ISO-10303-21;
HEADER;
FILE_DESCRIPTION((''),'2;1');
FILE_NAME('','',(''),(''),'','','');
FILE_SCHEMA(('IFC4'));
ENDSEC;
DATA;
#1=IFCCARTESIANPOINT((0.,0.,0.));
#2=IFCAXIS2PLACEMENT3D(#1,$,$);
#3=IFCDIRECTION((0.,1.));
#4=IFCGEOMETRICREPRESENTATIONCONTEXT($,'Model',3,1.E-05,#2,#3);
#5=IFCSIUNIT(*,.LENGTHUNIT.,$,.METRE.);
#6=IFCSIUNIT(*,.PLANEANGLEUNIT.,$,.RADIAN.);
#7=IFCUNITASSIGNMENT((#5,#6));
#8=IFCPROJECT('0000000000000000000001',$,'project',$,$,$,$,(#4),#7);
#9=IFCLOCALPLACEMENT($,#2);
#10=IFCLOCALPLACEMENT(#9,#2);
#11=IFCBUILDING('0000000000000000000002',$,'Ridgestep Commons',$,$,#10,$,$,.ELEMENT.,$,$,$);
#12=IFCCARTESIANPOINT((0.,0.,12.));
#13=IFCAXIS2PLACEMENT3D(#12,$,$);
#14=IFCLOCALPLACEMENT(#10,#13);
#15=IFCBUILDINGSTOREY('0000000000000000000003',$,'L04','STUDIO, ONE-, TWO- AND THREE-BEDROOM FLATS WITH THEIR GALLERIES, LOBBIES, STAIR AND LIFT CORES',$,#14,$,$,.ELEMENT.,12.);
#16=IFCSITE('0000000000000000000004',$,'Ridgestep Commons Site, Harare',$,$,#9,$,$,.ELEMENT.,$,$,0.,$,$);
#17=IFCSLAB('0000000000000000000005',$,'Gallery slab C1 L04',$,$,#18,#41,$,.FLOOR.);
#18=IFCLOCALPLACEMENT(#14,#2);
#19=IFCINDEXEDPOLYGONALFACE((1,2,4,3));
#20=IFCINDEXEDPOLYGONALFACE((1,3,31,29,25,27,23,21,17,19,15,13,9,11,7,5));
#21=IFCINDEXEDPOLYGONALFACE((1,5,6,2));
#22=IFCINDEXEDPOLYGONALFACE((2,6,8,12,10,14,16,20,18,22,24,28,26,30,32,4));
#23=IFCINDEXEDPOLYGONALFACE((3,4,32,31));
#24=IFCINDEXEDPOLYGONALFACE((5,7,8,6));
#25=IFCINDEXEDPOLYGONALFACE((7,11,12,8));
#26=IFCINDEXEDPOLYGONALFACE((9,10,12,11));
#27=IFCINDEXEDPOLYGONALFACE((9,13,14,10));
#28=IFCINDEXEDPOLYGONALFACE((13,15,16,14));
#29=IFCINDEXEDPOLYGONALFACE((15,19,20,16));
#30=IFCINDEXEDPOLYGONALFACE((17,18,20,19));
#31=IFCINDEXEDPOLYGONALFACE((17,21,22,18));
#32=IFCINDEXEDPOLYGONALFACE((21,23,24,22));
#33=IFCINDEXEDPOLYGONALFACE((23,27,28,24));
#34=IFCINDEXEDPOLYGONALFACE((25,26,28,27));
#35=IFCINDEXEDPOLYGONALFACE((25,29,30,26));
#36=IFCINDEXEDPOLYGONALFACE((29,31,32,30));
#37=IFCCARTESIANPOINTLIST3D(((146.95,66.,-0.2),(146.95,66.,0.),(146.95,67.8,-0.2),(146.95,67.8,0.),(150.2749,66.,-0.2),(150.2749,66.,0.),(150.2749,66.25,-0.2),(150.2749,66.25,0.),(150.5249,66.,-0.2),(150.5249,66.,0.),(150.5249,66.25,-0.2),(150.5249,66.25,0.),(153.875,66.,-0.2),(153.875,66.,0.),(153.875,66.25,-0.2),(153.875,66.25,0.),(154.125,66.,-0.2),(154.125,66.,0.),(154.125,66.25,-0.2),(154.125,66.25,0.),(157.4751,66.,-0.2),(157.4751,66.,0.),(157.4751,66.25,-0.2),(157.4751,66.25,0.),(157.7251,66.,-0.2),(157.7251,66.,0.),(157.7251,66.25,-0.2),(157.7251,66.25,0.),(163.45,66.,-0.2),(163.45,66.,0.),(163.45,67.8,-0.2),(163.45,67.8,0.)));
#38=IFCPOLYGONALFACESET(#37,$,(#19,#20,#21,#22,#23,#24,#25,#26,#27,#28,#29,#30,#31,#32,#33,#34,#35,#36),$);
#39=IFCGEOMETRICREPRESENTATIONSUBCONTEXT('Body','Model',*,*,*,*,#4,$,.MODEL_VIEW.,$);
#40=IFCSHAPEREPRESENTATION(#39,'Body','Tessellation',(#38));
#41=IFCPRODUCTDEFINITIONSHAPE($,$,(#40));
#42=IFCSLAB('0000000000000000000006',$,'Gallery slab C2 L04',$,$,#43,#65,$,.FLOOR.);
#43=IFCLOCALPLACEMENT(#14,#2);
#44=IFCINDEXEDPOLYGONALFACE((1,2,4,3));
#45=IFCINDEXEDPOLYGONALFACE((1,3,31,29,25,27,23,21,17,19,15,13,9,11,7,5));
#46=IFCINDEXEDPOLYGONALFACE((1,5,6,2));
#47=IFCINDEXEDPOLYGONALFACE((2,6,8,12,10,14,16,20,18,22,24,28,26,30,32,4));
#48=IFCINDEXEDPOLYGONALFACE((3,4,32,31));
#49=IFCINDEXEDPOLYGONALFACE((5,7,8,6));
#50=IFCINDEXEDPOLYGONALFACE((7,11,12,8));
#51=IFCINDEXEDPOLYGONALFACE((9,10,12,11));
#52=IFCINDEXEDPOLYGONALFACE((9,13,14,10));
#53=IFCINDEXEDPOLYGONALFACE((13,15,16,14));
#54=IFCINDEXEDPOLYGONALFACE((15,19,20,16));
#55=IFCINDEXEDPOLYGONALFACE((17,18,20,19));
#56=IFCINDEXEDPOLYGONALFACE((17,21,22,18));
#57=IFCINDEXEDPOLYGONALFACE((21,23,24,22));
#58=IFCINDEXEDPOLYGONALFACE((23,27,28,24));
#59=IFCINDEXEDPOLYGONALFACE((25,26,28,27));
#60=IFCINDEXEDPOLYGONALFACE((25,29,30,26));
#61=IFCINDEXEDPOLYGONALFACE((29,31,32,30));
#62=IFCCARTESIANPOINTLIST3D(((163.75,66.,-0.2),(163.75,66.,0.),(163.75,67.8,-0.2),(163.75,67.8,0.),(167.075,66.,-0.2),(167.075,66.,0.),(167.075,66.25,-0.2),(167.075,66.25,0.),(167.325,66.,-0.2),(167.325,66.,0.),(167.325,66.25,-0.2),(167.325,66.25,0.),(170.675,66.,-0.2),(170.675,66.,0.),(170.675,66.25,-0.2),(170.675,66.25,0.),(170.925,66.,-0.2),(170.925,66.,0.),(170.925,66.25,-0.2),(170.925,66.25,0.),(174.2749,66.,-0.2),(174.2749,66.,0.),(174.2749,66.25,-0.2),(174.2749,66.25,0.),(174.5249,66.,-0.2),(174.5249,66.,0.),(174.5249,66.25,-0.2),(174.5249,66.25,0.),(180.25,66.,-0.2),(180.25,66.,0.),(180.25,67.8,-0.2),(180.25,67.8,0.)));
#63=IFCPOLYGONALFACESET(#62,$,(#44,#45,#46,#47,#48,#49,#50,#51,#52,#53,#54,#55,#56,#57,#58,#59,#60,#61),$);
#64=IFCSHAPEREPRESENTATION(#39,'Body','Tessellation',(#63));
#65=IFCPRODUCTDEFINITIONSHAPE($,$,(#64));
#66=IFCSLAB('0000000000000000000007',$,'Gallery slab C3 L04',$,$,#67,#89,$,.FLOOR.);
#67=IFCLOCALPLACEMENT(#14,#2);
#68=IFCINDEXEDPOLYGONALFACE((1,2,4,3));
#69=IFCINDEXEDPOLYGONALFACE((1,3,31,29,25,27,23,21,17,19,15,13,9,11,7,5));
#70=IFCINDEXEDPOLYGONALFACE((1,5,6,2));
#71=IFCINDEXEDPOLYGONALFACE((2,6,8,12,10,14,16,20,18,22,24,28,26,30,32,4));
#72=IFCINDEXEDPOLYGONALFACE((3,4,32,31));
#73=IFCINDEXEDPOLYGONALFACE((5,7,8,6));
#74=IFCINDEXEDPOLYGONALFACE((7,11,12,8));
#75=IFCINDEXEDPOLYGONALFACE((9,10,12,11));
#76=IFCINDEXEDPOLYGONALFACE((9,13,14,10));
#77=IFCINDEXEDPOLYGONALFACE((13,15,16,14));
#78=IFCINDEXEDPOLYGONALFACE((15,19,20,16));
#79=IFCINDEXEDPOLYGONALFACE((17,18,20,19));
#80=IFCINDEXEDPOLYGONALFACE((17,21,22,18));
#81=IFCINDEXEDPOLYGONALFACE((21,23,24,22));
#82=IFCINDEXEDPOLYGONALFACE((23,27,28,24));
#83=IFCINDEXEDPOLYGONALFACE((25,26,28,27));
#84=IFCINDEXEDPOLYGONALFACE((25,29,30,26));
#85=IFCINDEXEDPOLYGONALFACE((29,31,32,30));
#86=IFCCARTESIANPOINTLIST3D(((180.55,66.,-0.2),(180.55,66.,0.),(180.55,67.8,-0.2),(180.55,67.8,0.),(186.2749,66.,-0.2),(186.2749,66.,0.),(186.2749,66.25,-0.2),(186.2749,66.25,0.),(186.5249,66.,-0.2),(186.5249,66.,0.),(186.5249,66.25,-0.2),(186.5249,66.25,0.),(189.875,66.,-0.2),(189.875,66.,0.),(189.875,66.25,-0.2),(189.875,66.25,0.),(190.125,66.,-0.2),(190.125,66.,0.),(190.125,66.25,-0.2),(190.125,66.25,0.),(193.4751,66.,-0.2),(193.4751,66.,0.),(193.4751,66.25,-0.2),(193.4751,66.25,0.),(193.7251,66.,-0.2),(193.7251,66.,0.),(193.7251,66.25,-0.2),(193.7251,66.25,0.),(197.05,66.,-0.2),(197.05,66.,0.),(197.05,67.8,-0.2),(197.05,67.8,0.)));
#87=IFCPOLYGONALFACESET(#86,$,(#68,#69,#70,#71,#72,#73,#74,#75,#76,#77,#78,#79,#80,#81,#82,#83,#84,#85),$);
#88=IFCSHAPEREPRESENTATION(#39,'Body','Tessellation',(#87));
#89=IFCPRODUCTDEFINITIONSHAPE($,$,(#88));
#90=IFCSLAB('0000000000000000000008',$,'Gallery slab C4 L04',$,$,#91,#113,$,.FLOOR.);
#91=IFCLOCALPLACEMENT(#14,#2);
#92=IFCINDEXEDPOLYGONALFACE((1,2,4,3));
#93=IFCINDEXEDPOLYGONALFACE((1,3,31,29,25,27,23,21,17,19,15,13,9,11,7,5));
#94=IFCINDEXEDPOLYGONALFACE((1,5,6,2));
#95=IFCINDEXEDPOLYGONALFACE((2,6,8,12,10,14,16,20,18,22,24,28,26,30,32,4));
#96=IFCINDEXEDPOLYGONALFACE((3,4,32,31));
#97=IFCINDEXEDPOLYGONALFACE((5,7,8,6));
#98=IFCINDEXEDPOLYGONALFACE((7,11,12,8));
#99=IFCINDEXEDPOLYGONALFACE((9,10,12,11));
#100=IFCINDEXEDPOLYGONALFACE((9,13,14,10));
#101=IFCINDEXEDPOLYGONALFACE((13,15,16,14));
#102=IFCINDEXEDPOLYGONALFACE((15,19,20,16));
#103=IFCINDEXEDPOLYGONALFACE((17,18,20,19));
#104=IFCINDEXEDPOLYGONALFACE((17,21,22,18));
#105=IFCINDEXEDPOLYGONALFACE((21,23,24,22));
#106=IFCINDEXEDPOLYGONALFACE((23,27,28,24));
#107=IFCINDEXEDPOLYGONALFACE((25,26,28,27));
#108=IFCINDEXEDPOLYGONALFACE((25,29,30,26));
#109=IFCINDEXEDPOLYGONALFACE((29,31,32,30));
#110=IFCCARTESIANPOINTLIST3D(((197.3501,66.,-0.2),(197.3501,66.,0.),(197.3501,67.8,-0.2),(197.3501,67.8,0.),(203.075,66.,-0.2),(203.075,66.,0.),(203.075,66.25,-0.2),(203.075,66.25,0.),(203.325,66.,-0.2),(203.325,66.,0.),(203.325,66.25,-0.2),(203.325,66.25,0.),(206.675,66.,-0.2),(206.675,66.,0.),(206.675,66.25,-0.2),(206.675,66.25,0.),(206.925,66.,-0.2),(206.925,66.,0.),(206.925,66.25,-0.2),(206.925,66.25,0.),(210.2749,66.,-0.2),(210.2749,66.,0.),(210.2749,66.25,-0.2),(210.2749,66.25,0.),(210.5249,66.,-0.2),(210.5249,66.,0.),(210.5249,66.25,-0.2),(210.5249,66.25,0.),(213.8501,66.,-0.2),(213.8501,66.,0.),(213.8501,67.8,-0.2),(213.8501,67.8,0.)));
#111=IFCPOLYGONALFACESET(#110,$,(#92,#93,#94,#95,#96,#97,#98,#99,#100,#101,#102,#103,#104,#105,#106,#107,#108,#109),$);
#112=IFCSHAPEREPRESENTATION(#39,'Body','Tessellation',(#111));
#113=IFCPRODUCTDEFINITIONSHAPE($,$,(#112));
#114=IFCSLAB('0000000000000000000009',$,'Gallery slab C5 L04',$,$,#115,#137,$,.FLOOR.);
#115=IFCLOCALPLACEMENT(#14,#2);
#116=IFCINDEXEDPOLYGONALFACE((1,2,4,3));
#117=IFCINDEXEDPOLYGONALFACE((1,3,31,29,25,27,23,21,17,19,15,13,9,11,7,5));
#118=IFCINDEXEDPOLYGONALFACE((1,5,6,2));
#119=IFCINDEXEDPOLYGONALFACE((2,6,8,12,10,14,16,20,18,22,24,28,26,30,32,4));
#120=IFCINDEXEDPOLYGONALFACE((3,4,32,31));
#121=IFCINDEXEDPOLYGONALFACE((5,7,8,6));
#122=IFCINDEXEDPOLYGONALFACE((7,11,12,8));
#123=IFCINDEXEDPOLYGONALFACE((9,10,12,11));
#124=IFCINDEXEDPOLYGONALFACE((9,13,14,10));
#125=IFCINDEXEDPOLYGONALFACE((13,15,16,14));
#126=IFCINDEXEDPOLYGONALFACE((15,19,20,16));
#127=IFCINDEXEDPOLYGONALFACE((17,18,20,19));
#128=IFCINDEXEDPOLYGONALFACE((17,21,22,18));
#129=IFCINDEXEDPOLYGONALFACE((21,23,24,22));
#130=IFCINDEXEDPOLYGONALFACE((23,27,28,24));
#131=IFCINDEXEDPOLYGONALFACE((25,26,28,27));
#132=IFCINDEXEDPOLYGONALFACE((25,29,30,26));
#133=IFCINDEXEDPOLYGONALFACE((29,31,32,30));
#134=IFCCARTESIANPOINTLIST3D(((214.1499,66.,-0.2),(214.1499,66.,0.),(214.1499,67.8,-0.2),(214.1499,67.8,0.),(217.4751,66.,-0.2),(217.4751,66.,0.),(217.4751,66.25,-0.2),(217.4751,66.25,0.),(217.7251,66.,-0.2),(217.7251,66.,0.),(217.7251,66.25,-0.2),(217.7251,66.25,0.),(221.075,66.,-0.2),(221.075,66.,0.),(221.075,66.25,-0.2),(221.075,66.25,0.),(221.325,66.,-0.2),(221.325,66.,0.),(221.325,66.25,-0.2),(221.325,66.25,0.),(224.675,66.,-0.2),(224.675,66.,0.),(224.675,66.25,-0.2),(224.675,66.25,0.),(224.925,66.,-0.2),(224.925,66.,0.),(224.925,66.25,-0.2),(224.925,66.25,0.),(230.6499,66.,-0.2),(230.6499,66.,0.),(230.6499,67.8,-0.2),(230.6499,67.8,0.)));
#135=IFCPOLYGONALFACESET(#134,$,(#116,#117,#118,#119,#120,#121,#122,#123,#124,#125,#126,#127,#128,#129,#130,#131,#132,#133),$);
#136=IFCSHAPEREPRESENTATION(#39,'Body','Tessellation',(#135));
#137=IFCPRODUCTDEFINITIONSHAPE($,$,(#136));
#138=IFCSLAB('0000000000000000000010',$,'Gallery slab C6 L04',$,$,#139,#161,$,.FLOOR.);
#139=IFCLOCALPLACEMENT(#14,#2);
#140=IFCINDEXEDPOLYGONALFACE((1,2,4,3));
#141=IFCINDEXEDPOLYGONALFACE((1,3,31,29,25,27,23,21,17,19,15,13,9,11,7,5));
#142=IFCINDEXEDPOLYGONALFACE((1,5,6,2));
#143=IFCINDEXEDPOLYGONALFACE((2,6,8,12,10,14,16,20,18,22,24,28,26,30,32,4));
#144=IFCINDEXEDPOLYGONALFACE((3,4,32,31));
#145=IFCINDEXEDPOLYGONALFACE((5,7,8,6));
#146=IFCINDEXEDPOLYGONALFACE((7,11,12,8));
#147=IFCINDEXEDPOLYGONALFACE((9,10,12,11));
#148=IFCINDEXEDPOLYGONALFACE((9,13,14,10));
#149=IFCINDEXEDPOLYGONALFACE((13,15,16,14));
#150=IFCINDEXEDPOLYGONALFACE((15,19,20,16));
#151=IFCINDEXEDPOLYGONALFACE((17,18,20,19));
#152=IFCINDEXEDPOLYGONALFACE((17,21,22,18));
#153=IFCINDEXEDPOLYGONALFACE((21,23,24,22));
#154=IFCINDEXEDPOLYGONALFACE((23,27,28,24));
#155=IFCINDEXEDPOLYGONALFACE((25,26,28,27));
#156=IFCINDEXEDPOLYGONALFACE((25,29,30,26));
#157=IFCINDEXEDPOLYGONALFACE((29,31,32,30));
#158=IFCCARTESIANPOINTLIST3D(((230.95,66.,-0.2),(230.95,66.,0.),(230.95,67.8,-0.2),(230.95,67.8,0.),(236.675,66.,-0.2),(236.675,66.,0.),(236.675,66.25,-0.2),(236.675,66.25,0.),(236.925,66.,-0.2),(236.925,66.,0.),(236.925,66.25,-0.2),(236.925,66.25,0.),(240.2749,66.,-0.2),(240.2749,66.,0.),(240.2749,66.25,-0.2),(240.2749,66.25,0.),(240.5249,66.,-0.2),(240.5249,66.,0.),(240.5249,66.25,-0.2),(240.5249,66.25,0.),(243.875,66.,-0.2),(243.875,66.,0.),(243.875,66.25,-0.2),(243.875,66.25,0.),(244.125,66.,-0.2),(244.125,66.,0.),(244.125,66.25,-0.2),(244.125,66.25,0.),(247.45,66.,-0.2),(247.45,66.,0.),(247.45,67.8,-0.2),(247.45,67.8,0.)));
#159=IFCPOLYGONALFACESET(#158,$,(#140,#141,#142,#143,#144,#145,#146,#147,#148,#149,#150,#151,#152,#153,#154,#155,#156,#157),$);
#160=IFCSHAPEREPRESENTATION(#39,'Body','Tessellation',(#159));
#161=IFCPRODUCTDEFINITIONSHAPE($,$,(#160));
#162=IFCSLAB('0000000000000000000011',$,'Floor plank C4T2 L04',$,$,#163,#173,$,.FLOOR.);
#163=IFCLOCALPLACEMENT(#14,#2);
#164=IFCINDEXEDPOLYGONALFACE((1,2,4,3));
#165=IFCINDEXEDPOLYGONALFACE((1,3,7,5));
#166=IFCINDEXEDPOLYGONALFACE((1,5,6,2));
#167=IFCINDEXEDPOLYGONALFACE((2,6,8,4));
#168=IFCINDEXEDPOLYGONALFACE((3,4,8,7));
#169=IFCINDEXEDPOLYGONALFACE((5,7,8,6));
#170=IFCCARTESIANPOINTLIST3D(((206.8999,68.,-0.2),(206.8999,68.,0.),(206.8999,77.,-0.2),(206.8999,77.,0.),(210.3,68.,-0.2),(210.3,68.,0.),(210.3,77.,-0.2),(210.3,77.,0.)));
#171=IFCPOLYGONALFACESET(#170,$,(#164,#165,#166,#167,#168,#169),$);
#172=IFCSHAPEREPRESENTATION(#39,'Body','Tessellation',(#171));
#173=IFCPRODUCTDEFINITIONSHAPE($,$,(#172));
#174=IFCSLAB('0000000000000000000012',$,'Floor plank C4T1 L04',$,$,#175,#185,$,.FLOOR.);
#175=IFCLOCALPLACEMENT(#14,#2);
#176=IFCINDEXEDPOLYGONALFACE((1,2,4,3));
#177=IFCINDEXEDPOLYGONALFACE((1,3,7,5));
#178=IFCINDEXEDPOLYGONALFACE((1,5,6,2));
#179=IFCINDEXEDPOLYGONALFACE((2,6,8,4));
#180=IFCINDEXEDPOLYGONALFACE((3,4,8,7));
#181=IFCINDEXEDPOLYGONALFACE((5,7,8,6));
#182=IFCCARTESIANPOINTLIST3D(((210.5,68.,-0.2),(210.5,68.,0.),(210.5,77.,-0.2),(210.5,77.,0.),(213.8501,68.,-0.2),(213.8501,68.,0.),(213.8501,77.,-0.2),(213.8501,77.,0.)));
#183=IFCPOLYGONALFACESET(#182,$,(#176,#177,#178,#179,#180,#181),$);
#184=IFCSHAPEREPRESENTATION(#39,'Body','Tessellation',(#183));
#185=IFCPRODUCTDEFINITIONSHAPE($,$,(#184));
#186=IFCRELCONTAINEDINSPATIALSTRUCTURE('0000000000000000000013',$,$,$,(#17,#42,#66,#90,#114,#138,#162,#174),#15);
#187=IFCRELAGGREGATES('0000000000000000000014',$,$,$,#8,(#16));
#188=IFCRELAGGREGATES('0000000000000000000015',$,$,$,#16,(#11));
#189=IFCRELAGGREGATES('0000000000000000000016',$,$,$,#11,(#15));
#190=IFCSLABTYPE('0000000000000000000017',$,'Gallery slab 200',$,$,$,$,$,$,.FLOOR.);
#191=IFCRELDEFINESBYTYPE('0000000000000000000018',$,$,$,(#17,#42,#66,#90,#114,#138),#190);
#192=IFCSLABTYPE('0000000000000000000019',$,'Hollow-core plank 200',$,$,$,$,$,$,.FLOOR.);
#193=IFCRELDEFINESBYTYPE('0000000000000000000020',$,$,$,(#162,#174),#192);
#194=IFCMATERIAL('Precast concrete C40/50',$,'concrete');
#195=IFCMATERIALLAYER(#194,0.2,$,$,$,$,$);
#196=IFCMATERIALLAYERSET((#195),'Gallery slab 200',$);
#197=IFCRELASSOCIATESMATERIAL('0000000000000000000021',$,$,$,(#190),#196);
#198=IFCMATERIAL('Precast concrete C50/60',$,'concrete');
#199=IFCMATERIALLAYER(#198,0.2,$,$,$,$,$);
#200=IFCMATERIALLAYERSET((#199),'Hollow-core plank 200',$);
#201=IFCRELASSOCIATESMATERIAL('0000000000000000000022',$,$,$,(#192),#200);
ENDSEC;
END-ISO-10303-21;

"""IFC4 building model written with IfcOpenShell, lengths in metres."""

from ifc_helpers import new_model, si_unit, direction, frame, origin, place, context, subcontext, project, spatial, polyline, outline, extrude, material, layer, layer_set, type_object, element, save


model = new_model("IFC4")

# Units and contexts
model_context = context("Model", 3, precision=1e-05, world=origin(), true_north=direction((0.0, 1.0)))
body_context = subcontext(model_context, "Body", "Model", "MODEL_VIEW")
ifc_project = project(units=[si_unit("LENGTHUNIT", "METRE"), si_unit("PLANEANGLEUNIT", "RADIAN")], contexts=[model_context])

# Site, building, storey
site_placement = place(None, origin())
site = spatial("IfcSite", under=ifc_project, at=site_placement, Name="Ridgestep Commons Site, Harare", CompositionType="ELEMENT", RefElevation=0.0)
building_placement = place(site_placement, origin())
building = spatial("IfcBuilding", under=site, at=building_placement, Name="Ridgestep Commons", CompositionType="ELEMENT")
storey_placement = place(building_placement, frame((0.0, 0.0, 12.0)))
storey = spatial("IfcBuildingStorey", under=building, at=storey_placement, Name="L04", Description="STUDIO, ONE-, TWO- AND THREE-BEDROOM FLATS WITH THEIR GALLERIES, LOBBIES, STAIR AND LIFT CORES", CompositionType="ELEMENT", Elevation=12.0)

# Slabs
ifc_material_1 = material(Name="Precast concrete C40/50", Category="concrete")
ifc_layer_1 = layer(ifc_material_1, 0.2)
ifc_layer_set_1 = layer_set([ifc_layer_1], Name="Gallery slab 200")
slab_type_1 = type_object("IfcSlabType", Name="Gallery slab 200", PredefinedType="FLOOR", material=ifc_layer_set_1)
slab_1_placement = place(storey_placement, frame((0.0, 0.0, -0.2)))
element("IfcSlab", 1, at=slab_1_placement, inside=storey, type_object=slab_type_1, Name="Gallery slab C1 L04", PredefinedType="FLOOR", context=body_context, shape_type="SweptSolid", body=[
    extrude(outline(polyline([(163.45, 67.8), (146.95, 67.8), (146.95, 66.0), (150.2749, 66.0), (150.2749, 66.25), (150.5249, 66.25), (150.5249, 66.0), (153.875, 66.0), (153.875, 66.25), (154.125, 66.25), (154.125, 66.0), (157.4751, 66.0), (157.4751, 66.25), (157.7251, 66.25), (157.7251, 66.0), (163.45, 66.0), (163.45, 67.8)])), origin(), (0.0, 0.0, 1.0), 0.2),
])
slab_2_placement = place(storey_placement, frame((0.0, 0.0, -0.2)))
element("IfcSlab", 2, at=slab_2_placement, inside=storey, type_object=slab_type_1, Name="Gallery slab C2 L04", PredefinedType="FLOOR", context=body_context, shape_type="SweptSolid", body=[
    extrude(outline(polyline([(180.25, 67.8), (163.75, 67.8), (163.75, 66.0), (167.075, 66.0), (167.075, 66.25), (167.325, 66.25), (167.325, 66.0), (170.675, 66.0), (170.675, 66.25), (170.925, 66.25), (170.925, 66.0), (174.2749, 66.0), (174.2749, 66.25), (174.5249, 66.25), (174.5249, 66.0), (180.25, 66.0), (180.25, 67.8)])), origin(), (0.0, 0.0, 1.0), 0.2),
])
slab_3_placement = place(storey_placement, frame((0.0, 0.0, -0.2)))
element("IfcSlab", 3, at=slab_3_placement, inside=storey, type_object=slab_type_1, Name="Gallery slab C3 L04", PredefinedType="FLOOR", context=body_context, shape_type="SweptSolid", body=[
    extrude(outline(polyline([(197.05, 67.8), (180.55, 67.8), (180.55, 66.0), (186.2749, 66.0), (186.2749, 66.25), (186.5249, 66.25), (186.5249, 66.0), (189.875, 66.0), (189.875, 66.25), (190.125, 66.25), (190.125, 66.0), (193.4751, 66.0), (193.4751, 66.25), (193.7251, 66.25), (193.7251, 66.0), (197.05, 66.0), (197.05, 67.8)])), origin(), (0.0, 0.0, 1.0), 0.2),
])
slab_4_placement = place(storey_placement, frame((0.0, 0.0, -0.2)))
element("IfcSlab", 4, at=slab_4_placement, inside=storey, type_object=slab_type_1, Name="Gallery slab C4 L04", PredefinedType="FLOOR", context=body_context, shape_type="SweptSolid", body=[
    extrude(outline(polyline([(213.8501, 67.8), (197.3501, 67.8), (197.3501, 66.0), (203.075, 66.0), (203.075, 66.25), (203.325, 66.25), (203.325, 66.0), (206.675, 66.0), (206.675, 66.25), (206.925, 66.25), (206.925, 66.0), (210.2749, 66.0), (210.2749, 66.25), (210.5249, 66.25), (210.5249, 66.0), (213.8501, 66.0), (213.8501, 67.8)])), origin(), (0.0, 0.0, 1.0), 0.2),
])
slab_5_placement = place(storey_placement, frame((0.0, 0.0, -0.2)))
element("IfcSlab", 5, at=slab_5_placement, inside=storey, type_object=slab_type_1, Name="Gallery slab C5 L04", PredefinedType="FLOOR", context=body_context, shape_type="SweptSolid", body=[
    extrude(outline(polyline([(230.6499, 67.8), (214.1499, 67.8), (214.1499, 66.0), (217.4751, 66.0), (217.4751, 66.25), (217.7251, 66.25), (217.7251, 66.0), (221.075, 66.0), (221.075, 66.25), (221.325, 66.25), (221.325, 66.0), (224.675, 66.0), (224.675, 66.25), (224.925, 66.25), (224.925, 66.0), (230.6499, 66.0), (230.6499, 67.8)])), origin(), (0.0, 0.0, 1.0), 0.2),
])
slab_6_placement = place(storey_placement, frame((0.0, 0.0, -0.2)))
element("IfcSlab", 6, at=slab_6_placement, inside=storey, type_object=slab_type_1, Name="Gallery slab C6 L04", PredefinedType="FLOOR", context=body_context, shape_type="SweptSolid", body=[
    extrude(outline(polyline([(247.45, 67.8), (230.95, 67.8), (230.95, 66.0), (236.675, 66.0), (236.675, 66.25), (236.925, 66.25), (236.925, 66.0), (240.2749, 66.0), (240.2749, 66.25), (240.5249, 66.25), (240.5249, 66.0), (243.875, 66.0), (243.875, 66.25), (244.125, 66.25), (244.125, 66.0), (247.45, 66.0), (247.45, 67.8)])), origin(), (0.0, 0.0, 1.0), 0.2),
])
ifc_material_2 = material(Name="Precast concrete C50/60", Category="concrete")
ifc_layer_2 = layer(ifc_material_2, 0.2)
ifc_layer_set_2 = layer_set([ifc_layer_2], Name="Hollow-core plank 200")
slab_type_2 = type_object("IfcSlabType", Name="Hollow-core plank 200", PredefinedType="FLOOR", material=ifc_layer_set_2)
slab_7_placement = place(storey_placement, frame((0.0, 0.0, -0.2)))
element("IfcSlab", 7, at=slab_7_placement, inside=storey, type_object=slab_type_2, Name="Floor plank C4T2 L04", PredefinedType="FLOOR", context=body_context, shape_type="SweptSolid", body=[
    extrude(outline(polyline([(210.3, 68.0), (210.3, 77.0), (206.8999, 77.0), (206.8999, 68.0), (210.3, 68.0)])), origin(), (0.0, 0.0, 1.0), 0.2),
])
slab_8_placement = place(storey_placement, frame((0.0, 0.0, -0.2)))
element("IfcSlab", 8, at=slab_8_placement, inside=storey, type_object=slab_type_2, Name="Floor plank C4T1 L04", PredefinedType="FLOOR", context=body_context, shape_type="SweptSolid", body=[
    extrude(outline(polyline([(213.8501, 68.0), (213.8501, 77.0), (210.5, 77.0), (210.5, 68.0), (213.8501, 68.0)])), origin(), (0.0, 0.0, 1.0), 0.2),
])

save(model, "model.ifc")
